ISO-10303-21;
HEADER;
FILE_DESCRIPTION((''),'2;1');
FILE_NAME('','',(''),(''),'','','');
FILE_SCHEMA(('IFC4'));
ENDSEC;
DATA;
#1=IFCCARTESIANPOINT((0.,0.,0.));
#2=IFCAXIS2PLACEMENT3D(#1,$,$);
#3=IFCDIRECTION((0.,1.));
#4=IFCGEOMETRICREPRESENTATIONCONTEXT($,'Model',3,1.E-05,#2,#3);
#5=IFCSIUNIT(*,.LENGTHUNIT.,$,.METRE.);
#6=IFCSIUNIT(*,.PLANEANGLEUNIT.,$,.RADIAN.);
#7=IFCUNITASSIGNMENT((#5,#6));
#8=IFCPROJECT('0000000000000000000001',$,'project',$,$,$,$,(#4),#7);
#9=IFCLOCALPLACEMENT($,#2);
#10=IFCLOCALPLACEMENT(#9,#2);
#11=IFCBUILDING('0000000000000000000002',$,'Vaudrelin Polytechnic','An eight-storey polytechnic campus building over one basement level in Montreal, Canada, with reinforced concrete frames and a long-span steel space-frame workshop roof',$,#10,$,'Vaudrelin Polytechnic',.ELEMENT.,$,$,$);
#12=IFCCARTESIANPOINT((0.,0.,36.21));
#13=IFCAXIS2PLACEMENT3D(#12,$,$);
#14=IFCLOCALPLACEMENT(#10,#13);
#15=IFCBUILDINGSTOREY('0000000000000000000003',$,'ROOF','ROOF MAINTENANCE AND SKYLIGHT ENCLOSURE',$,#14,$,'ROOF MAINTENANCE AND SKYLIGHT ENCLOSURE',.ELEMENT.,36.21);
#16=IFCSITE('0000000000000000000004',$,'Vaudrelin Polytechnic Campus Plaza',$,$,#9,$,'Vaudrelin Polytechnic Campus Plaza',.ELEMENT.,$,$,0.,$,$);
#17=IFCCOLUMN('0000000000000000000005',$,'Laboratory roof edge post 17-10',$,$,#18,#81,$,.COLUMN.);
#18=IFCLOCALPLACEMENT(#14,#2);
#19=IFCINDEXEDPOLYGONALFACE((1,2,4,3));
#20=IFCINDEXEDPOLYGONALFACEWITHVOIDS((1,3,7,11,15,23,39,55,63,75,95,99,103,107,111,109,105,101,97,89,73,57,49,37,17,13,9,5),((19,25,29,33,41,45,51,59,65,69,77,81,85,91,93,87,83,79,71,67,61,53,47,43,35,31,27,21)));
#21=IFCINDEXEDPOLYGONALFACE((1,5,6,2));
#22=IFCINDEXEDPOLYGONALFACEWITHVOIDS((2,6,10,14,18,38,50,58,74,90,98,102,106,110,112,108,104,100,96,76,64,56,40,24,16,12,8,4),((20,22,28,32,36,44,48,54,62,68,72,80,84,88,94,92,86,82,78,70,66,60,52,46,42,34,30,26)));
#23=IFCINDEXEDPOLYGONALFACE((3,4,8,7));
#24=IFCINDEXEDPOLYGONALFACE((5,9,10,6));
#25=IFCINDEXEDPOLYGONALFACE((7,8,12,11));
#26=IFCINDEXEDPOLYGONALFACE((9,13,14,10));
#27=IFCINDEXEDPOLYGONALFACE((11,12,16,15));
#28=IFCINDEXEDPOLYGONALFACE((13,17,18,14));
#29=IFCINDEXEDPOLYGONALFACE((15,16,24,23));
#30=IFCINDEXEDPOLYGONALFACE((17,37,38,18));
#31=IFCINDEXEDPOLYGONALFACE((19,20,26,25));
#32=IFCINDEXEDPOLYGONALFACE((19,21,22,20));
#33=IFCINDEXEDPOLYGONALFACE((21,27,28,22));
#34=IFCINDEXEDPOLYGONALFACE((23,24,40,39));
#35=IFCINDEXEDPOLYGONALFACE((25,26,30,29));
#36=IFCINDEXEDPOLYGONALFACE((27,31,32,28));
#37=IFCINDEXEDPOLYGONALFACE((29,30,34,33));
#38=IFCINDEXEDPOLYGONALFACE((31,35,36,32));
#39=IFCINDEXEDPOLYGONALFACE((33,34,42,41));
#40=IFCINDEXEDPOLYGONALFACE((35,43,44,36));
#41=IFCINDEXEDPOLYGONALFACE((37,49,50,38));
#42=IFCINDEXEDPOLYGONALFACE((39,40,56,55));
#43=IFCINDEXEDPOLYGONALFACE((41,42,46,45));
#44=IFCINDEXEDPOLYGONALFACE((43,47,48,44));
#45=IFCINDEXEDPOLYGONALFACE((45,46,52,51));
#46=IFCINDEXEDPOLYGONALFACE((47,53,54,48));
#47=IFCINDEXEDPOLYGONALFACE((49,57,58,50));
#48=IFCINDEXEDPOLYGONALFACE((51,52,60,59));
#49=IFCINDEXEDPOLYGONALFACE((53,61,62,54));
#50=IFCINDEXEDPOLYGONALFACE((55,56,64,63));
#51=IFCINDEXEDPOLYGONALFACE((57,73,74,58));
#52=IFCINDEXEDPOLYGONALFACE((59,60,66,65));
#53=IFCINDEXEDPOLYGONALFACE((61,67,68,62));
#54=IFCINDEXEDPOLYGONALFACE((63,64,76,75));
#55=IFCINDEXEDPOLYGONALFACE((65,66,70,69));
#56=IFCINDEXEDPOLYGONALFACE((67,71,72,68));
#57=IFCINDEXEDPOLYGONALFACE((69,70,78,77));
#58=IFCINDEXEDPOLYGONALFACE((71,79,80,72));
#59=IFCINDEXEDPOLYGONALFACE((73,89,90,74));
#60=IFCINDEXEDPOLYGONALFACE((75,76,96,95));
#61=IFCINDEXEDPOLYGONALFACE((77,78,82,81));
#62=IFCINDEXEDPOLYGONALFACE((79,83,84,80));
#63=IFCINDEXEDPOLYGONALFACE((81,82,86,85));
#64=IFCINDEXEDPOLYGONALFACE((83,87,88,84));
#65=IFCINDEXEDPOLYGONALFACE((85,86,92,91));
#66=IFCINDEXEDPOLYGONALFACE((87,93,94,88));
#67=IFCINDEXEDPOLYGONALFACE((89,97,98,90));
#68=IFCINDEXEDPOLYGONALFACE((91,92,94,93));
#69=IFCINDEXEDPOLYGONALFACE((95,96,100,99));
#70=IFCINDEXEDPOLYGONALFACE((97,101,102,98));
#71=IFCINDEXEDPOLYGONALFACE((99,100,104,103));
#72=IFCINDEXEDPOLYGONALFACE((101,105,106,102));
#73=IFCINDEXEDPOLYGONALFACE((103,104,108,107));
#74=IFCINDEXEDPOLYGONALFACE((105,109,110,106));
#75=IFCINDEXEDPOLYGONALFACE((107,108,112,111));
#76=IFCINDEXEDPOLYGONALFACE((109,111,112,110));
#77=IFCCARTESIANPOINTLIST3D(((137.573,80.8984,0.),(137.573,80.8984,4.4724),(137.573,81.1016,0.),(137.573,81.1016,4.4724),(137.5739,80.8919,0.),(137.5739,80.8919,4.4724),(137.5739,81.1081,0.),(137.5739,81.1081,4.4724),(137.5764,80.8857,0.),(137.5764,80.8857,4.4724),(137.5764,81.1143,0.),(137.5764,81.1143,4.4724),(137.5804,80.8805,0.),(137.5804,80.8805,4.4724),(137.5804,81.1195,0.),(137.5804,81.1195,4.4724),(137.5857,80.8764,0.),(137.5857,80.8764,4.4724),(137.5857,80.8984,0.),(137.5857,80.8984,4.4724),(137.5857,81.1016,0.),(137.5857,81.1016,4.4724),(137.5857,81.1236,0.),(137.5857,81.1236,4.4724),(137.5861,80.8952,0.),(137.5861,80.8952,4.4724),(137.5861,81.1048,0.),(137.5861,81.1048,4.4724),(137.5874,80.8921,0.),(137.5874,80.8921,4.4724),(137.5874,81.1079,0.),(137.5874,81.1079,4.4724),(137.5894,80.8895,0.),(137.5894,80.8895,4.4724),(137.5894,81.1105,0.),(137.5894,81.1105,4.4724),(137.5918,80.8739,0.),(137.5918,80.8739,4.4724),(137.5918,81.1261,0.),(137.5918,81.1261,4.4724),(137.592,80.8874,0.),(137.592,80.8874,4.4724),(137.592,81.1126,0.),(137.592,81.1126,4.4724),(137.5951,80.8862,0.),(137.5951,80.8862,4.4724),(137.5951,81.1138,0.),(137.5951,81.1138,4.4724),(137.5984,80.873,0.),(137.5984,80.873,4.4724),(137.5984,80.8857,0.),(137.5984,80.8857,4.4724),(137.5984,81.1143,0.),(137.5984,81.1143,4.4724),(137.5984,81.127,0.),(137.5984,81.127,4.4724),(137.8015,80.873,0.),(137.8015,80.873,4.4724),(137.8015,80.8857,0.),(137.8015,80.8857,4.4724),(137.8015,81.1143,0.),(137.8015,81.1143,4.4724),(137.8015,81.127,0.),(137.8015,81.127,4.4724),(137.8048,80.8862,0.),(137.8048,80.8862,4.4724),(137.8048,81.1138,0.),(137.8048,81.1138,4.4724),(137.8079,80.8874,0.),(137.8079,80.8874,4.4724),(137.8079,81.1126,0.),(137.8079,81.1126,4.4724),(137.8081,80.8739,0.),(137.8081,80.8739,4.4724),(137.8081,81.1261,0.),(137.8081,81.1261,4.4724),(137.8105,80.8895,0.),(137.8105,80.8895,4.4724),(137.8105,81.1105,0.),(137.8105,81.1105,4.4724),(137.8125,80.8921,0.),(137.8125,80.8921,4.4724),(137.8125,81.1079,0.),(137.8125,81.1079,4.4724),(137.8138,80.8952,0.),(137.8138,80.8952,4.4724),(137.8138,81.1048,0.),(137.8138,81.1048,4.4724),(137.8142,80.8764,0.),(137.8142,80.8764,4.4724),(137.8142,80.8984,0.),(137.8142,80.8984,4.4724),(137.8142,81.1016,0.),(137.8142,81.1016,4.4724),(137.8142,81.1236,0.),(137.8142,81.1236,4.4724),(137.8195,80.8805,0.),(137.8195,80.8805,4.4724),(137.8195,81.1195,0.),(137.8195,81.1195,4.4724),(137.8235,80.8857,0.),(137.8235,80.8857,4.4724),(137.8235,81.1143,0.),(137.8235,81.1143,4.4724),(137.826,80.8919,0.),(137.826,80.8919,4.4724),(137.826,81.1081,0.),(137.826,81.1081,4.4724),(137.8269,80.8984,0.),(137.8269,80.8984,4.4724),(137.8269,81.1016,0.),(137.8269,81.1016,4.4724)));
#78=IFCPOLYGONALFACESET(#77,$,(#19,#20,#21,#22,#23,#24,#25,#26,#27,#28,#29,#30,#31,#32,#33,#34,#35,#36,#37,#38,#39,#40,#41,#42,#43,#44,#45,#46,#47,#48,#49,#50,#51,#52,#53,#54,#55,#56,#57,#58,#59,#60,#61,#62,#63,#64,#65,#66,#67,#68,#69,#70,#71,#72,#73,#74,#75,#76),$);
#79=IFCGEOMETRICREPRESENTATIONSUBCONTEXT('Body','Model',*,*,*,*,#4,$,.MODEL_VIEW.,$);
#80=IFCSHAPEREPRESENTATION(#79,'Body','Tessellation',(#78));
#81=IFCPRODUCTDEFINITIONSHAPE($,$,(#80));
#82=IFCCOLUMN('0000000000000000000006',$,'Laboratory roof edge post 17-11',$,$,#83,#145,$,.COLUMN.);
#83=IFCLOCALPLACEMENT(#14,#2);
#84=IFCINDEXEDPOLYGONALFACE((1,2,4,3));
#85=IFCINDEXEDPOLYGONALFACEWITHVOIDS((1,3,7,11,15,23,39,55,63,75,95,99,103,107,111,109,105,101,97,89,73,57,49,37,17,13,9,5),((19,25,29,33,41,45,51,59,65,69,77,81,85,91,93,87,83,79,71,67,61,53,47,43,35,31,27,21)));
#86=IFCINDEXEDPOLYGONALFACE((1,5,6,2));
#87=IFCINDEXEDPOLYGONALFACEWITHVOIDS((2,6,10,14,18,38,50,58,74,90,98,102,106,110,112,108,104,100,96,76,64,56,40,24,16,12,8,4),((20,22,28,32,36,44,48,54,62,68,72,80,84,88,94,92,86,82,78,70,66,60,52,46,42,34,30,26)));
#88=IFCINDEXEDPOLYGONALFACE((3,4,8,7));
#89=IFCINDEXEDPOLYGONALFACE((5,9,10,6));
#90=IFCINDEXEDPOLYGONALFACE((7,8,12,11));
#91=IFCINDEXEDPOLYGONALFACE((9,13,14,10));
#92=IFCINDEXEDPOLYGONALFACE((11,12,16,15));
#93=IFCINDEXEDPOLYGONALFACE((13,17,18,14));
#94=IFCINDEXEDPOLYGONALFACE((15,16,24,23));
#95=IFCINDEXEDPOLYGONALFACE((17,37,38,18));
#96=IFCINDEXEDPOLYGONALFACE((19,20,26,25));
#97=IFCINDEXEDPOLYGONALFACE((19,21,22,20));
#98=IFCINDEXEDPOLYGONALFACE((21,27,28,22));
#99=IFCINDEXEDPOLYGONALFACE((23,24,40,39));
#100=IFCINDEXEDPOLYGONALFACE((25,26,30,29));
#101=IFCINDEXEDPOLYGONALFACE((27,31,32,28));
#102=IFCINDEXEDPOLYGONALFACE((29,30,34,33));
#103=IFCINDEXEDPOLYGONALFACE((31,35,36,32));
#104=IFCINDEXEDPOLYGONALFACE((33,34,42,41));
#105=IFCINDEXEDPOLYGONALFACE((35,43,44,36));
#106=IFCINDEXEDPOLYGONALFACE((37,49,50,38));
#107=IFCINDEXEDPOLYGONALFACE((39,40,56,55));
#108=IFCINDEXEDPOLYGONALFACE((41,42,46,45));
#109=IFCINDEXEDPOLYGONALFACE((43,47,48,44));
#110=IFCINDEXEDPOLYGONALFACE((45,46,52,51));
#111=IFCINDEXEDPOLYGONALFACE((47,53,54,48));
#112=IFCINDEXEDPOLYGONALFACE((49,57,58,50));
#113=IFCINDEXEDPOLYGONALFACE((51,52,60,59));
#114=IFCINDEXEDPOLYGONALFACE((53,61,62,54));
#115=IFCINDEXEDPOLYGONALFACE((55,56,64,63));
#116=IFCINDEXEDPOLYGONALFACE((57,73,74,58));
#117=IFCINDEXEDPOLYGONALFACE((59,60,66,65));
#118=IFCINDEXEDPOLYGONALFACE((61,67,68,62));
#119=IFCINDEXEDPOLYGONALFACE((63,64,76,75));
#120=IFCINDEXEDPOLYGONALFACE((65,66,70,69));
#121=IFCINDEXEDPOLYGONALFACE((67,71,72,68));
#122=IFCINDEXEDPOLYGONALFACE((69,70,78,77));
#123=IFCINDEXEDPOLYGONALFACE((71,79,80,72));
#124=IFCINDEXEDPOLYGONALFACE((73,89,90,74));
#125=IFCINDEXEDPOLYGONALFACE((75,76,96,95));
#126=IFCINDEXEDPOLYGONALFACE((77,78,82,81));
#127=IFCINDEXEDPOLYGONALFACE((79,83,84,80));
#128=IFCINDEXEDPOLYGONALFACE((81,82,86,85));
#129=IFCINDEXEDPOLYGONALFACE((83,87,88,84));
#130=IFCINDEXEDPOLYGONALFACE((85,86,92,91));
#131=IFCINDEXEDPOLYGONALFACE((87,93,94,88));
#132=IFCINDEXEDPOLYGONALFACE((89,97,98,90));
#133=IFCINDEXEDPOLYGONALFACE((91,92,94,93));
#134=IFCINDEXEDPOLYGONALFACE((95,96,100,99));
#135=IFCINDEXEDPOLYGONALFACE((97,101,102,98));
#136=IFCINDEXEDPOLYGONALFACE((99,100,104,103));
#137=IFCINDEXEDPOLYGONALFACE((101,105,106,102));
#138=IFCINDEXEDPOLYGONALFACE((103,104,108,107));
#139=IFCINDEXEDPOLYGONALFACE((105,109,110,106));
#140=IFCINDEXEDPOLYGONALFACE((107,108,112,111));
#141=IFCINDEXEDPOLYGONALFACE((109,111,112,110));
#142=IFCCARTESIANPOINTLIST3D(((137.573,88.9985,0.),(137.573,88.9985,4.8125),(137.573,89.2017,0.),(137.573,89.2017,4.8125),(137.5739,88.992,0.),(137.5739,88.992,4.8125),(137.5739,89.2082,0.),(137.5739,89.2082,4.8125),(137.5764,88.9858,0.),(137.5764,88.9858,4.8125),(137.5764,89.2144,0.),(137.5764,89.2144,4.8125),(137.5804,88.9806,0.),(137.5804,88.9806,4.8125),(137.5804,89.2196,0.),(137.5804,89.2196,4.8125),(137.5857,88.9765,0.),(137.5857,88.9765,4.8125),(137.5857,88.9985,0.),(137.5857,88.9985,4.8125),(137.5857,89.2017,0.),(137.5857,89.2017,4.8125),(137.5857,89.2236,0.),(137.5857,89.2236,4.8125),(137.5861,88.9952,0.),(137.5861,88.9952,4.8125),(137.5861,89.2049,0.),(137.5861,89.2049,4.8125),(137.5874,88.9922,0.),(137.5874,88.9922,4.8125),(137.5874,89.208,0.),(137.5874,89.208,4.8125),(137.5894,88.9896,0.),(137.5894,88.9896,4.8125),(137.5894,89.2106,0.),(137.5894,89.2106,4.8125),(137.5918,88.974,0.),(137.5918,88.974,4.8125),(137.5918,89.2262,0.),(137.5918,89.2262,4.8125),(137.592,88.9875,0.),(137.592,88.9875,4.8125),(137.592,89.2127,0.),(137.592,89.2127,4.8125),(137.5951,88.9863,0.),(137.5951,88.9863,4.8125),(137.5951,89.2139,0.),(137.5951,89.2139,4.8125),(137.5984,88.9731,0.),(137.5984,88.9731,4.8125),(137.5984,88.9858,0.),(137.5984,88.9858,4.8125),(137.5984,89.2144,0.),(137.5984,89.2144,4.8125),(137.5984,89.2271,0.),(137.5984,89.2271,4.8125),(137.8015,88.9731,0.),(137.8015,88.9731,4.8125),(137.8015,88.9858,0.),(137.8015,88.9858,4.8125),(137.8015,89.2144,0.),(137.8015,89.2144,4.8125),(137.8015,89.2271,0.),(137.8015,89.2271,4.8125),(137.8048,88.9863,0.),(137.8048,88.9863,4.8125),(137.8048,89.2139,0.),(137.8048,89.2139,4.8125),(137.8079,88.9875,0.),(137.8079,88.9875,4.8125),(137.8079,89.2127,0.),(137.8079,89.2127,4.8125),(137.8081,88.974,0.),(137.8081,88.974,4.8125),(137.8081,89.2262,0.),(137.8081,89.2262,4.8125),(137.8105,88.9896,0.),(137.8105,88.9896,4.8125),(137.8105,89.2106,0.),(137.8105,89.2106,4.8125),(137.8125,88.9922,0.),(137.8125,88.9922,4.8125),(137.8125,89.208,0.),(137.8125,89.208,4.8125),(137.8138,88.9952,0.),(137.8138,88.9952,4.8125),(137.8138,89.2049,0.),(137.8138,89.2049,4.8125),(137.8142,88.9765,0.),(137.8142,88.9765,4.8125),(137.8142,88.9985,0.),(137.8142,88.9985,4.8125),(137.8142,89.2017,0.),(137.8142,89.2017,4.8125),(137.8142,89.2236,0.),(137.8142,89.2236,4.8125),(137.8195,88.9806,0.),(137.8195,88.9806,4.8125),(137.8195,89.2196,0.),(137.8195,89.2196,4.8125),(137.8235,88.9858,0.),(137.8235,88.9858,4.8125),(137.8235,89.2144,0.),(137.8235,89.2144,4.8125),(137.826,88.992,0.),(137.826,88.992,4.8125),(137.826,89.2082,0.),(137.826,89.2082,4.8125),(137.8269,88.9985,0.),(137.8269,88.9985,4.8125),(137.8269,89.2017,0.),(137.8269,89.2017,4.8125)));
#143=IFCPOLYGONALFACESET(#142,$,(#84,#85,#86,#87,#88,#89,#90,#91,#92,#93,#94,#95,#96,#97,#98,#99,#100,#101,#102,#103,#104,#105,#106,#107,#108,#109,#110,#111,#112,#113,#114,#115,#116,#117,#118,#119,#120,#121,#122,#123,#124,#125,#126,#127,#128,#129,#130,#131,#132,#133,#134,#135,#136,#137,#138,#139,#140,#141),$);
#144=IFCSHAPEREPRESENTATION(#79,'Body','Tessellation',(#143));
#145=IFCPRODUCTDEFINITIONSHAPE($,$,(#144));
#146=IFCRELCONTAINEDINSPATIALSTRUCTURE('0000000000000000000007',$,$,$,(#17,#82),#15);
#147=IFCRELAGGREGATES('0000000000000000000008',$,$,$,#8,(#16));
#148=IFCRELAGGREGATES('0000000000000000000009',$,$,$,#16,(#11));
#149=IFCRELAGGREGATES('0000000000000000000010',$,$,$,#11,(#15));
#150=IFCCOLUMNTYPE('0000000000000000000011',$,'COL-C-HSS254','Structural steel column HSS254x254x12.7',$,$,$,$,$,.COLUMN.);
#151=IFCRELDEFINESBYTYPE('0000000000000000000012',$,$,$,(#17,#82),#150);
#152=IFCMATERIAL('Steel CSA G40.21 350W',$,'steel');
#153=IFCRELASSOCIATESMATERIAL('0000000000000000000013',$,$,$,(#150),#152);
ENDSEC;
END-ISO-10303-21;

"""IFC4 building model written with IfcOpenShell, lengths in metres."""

from ifc_helpers import new_model, si_unit, direction, frame, origin, origin_2d, place, context, subcontext, project, spatial, hollow_rectangle, extrude, material, material_profile, profile_set, type_object, element, save


model = new_model("IFC4")

# Units and contexts
model_context = context("Model", 3, precision=1e-05, world=origin(), true_north=direction((0.0, 1.0)))
body_context = subcontext(model_context, "Body", "Model", "MODEL_VIEW")
ifc_project = project(units=[si_unit("LENGTHUNIT", "METRE"), si_unit("PLANEANGLEUNIT", "RADIAN")], contexts=[model_context])

# Site, building, storey
site_placement = place(None, origin())
site = spatial("IfcSite", under=ifc_project, at=site_placement, Name="Vaudrelin Polytechnic Campus Plaza", LongName="Vaudrelin Polytechnic Campus Plaza", CompositionType="ELEMENT", RefElevation=0.0)
building_placement = place(site_placement, origin())
building = spatial("IfcBuilding", under=site, at=building_placement, Name="Vaudrelin Polytechnic", Description="An eight-storey polytechnic campus building over one basement level in Montreal, Canada, with reinforced concrete frames and a long-span steel space-frame workshop roof", LongName="Vaudrelin Polytechnic", CompositionType="ELEMENT")
storey_placement = place(building_placement, frame((0.0, 0.0, 36.21)))
storey = spatial("IfcBuildingStorey", under=building, at=storey_placement, Name="ROOF", Description="ROOF MAINTENANCE AND SKYLIGHT ENCLOSURE", LongName="ROOF MAINTENANCE AND SKYLIGHT ENCLOSURE", CompositionType="ELEMENT", Elevation=36.21)

# Columns
ifc_material_1 = material(Name="Steel CSA G40.21 350W", Category="steel")
ifc_material_profile = material_profile(ifc_material_1, hollow_rectangle(XDim=0.2539, YDim=0.2539, WallThickness=0.0127, InnerFilletRadius=0.0127, OuterFilletRadius=0.0254, at=origin_2d()), Name="HSS254x254x12.7")
ifc_profile_set = profile_set([ifc_material_profile], Name="Steel CSA G40.21 350W")
column_type = type_object("IfcColumnType", Name="COL-C-HSS254", Description="Structural steel column HSS254x254x12.7", PredefinedType="COLUMN", material=ifc_profile_set)
column_1_placement = place(storey_placement, frame((137.7, 81.0, 0.0), z_axis=(0.0, 0.0, 1.0), x_axis=(1.0, 0.0, 0.0)))
element("IfcColumn", 1, at=column_1_placement, inside=storey, type_object=column_type, Name="Laboratory roof edge post 17-10", PredefinedType="COLUMN", context=body_context, shape_type="SweptSolid", body=[
    extrude(hollow_rectangle(XDim=0.2539, YDim=0.2539, WallThickness=0.0127, InnerFilletRadius=0.0127, OuterFilletRadius=0.0254, at=origin_2d()), origin(), (0.0, 0.0, 1.0), 4.4724),
])
column_2_placement = place(storey_placement, frame((137.7, 89.1001, 0.0), z_axis=(0.0, 0.0, 1.0), x_axis=(1.0, 0.0, 0.0)))
element("IfcColumn", 2, at=column_2_placement, inside=storey, type_object=column_type, Name="Laboratory roof edge post 17-11", PredefinedType="COLUMN", context=body_context, shape_type="SweptSolid", body=[
    extrude(hollow_rectangle(XDim=0.2539, YDim=0.2539, WallThickness=0.0127, InnerFilletRadius=0.0127, OuterFilletRadius=0.0254, at=origin_2d()), origin(), (0.0, 0.0, 1.0), 4.8125),
])

save(model, "model.ifc")
